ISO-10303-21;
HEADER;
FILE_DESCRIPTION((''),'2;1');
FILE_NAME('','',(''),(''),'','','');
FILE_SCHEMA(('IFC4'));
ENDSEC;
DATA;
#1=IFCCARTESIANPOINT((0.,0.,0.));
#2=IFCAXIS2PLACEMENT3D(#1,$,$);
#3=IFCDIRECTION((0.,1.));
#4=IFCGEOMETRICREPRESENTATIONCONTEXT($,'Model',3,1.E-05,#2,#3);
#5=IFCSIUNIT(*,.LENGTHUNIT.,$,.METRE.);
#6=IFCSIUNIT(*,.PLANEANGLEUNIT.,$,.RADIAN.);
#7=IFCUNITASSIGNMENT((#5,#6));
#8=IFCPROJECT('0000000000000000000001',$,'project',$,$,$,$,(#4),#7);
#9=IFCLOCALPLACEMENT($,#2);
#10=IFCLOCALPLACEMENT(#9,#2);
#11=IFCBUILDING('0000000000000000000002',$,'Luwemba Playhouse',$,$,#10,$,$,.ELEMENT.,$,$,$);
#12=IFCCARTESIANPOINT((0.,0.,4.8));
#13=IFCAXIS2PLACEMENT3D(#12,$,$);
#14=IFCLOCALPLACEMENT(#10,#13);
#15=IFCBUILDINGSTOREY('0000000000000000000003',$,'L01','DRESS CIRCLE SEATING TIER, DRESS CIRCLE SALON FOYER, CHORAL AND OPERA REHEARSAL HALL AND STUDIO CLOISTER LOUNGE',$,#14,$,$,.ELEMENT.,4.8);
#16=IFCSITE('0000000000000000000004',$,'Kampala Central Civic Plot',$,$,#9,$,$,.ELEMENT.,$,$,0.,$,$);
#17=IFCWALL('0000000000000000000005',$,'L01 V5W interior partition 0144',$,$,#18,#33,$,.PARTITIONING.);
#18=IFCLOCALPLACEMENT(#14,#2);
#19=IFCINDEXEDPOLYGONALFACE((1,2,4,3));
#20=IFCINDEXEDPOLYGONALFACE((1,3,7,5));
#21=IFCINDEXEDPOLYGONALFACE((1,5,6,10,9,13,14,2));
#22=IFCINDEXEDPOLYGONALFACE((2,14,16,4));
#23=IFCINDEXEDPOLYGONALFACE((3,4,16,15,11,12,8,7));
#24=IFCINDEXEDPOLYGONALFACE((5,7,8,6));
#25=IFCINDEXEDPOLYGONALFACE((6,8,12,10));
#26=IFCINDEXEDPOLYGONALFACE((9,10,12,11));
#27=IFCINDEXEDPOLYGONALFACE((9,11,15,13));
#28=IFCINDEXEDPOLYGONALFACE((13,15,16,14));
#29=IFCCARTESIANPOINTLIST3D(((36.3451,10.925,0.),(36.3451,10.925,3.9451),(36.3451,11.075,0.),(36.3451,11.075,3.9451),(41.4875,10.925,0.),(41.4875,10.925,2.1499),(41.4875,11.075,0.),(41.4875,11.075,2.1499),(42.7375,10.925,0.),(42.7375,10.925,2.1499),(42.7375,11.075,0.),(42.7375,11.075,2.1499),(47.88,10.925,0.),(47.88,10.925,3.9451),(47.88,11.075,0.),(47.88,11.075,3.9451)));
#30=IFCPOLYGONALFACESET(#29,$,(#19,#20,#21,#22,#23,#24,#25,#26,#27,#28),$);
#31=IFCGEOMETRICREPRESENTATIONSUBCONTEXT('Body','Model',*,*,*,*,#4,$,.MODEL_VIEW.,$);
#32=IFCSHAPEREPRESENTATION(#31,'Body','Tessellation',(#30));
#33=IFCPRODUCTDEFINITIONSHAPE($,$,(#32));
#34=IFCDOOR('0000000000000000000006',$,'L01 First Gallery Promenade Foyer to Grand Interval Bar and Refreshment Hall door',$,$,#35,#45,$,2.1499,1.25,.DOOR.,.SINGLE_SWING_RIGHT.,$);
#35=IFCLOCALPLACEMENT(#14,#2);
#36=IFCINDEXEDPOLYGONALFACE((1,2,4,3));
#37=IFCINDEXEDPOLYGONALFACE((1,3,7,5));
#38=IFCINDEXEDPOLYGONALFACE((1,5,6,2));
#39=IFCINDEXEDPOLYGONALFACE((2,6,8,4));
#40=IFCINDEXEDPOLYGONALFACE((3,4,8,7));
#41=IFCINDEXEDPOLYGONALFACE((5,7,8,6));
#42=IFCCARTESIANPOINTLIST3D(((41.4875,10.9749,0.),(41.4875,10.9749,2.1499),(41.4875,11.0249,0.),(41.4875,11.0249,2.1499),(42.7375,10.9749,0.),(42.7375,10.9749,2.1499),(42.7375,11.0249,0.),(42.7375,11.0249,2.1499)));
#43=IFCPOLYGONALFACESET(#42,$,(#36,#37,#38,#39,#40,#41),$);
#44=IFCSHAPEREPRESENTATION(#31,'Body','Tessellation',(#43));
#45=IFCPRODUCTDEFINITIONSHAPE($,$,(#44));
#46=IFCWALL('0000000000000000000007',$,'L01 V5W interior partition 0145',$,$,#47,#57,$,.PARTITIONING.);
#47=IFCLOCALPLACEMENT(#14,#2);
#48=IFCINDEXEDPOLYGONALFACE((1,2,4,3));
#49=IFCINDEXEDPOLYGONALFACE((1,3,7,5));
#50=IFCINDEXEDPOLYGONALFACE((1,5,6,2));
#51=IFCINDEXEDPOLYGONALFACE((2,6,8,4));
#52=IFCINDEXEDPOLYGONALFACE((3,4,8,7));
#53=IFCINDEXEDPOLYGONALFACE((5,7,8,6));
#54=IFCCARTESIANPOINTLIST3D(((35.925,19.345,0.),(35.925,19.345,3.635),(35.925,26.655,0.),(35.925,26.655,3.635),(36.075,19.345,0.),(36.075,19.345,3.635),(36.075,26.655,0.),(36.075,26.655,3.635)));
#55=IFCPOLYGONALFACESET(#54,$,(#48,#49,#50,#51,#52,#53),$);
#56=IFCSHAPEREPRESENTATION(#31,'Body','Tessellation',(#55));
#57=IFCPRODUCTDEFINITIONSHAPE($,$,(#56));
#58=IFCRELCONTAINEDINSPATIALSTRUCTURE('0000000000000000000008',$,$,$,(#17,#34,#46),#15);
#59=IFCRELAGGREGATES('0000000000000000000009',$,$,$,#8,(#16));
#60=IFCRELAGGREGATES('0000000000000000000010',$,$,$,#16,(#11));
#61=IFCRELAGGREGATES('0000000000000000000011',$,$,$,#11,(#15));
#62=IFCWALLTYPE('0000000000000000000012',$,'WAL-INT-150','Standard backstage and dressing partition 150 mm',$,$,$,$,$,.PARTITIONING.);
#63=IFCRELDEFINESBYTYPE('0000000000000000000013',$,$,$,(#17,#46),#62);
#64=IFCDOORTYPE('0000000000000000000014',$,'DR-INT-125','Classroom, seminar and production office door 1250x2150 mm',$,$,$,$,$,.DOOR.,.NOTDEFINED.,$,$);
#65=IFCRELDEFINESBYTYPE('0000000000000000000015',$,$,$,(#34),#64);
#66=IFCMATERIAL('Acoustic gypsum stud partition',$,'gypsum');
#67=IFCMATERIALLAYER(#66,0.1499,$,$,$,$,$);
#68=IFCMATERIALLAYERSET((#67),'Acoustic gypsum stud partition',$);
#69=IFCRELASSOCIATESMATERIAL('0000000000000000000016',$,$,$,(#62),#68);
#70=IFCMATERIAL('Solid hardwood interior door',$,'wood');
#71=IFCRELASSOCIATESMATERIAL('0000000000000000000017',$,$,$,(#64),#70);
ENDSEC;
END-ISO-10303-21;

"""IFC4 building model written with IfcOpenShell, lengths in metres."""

from ifc_helpers import new_model, si_unit, direction, frame, frame_2d, origin, place, context, subcontext, project, spatial, rectangle, extrude, material, layer, layer_set, type_object, element, fill, save


model = new_model("IFC4")

# Units and contexts
model_context = context("Model", 3, precision=1e-05, world=origin(), true_north=direction((0.0, 1.0)))
body_context = subcontext(model_context, "Body", "Model", "MODEL_VIEW")
ifc_project = project(units=[si_unit("LENGTHUNIT", "METRE"), si_unit("PLANEANGLEUNIT", "RADIAN")], contexts=[model_context])

# Site, building, storey
site_placement = place(None, origin())
site = spatial("IfcSite", under=ifc_project, at=site_placement, Name="Kampala Central Civic Plot", CompositionType="ELEMENT", RefElevation=0.0)
building_placement = place(site_placement, origin())
building = spatial("IfcBuilding", under=site, at=building_placement, Name="Luwemba Playhouse", CompositionType="ELEMENT")
storey_placement = place(building_placement, frame((0.0, 0.0, 4.8)))
storey = spatial("IfcBuildingStorey", under=building, at=storey_placement, Name="L01", Description="DRESS CIRCLE SEATING TIER, DRESS CIRCLE SALON FOYER, CHORAL AND OPERA REHEARSAL HALL AND STUDIO CLOISTER LOUNGE", CompositionType="ELEMENT", Elevation=4.8)

# Wall, opening, door
ifc_material_1 = material(Name="Acoustic gypsum stud partition", Category="gypsum")
ifc_layer_1 = layer(ifc_material_1, 0.1499)
ifc_layer_set_1 = layer_set([ifc_layer_1], Name="Acoustic gypsum stud partition")
wall_type_1 = type_object("IfcWallType", Name="WAL-INT-150", Description="Standard backstage and dressing partition 150 mm", PredefinedType="PARTITIONING", material=ifc_layer_set_1)
wall_1_placement = place(storey_placement, frame((36.345, 11.0, 0.0), z_axis=(0.0, 0.0, 1.0), x_axis=(1.0, 0.0, 0.0)))
wall_1 = element("IfcWall", 1, at=wall_1_placement, inside=storey, type_object=wall_type_1, Name="L01 V5W interior partition 0144", PredefinedType="PARTITIONING", context=body_context, shape_type="SweptSolid", body=[
    extrude(rectangle(XDim=11.5349, YDim=0.1499, at=frame_2d((5.7676, 0.0))), origin(), (0.0, 0.0, 1.0), 3.9451),
])
opening_placement = place(wall_1_placement, frame((5.1426, 0.0, 0.0)))
opening = element("IfcOpeningElement", 2, at=opening_placement, cuts=wall_1, PredefinedType="OPENING", context=body_context, shape_type="SweptSolid", body=[
    extrude(rectangle(XDim=1.25, YDim=2.1499, at=frame_2d((0.625, 1.075))), frame((0.0, 0.085, 0.0), z_axis=(0.0, -1.0, 0.0), x_axis=(1.0, 0.0, 0.0)), (0.0, 0.0, 1.0), 0.1699),
])
ifc_material_2 = material(Name="Solid hardwood interior door", Category="wood")
door_type = type_object("IfcDoorType", Name="DR-INT-125", Description="Classroom, seminar and production office door 1250x2150 mm", OperationType="NOTDEFINED", PredefinedType="DOOR", material=ifc_material_2)
door_placement = place(opening_placement, origin())
door = element("IfcDoor", 3, at=door_placement, inside=storey, type_object=door_type, Name="L01 First Gallery Promenade Foyer to Grand Interval Bar and Refreshment Hall door", OperationType="SINGLE_SWING_RIGHT", OverallHeight=2.1499, OverallWidth=1.25, PredefinedType="DOOR", context=body_context, shape_type="SweptSolid", body=[
    extrude(rectangle(XDim=1.25, YDim=2.1499, at=frame_2d((0.625, 1.075))), frame((0.0, 0.0249, 0.0), z_axis=(0.0, -1.0, 0.0), x_axis=(1.0, 0.0, 0.0)), (0.0, 0.0, 1.0), 0.05),
])
fill(opening, door)

# Wall
wall_2_placement = place(storey_placement, frame((36.0, 19.345, 0.0), z_axis=(0.0, 0.0, 1.0), x_axis=(0.0, 1.0, 0.0)))
element("IfcWall", 4, at=wall_2_placement, inside=storey, type_object=wall_type_1, Name="L01 V5W interior partition 0145", PredefinedType="PARTITIONING", context=body_context, shape_type="SweptSolid", body=[
    extrude(rectangle(XDim=7.3101, YDim=0.1499, at=frame_2d((3.655, 0.0))), origin(), (0.0, 0.0, 1.0), 3.635),
])

save(model, "model.ifc")
